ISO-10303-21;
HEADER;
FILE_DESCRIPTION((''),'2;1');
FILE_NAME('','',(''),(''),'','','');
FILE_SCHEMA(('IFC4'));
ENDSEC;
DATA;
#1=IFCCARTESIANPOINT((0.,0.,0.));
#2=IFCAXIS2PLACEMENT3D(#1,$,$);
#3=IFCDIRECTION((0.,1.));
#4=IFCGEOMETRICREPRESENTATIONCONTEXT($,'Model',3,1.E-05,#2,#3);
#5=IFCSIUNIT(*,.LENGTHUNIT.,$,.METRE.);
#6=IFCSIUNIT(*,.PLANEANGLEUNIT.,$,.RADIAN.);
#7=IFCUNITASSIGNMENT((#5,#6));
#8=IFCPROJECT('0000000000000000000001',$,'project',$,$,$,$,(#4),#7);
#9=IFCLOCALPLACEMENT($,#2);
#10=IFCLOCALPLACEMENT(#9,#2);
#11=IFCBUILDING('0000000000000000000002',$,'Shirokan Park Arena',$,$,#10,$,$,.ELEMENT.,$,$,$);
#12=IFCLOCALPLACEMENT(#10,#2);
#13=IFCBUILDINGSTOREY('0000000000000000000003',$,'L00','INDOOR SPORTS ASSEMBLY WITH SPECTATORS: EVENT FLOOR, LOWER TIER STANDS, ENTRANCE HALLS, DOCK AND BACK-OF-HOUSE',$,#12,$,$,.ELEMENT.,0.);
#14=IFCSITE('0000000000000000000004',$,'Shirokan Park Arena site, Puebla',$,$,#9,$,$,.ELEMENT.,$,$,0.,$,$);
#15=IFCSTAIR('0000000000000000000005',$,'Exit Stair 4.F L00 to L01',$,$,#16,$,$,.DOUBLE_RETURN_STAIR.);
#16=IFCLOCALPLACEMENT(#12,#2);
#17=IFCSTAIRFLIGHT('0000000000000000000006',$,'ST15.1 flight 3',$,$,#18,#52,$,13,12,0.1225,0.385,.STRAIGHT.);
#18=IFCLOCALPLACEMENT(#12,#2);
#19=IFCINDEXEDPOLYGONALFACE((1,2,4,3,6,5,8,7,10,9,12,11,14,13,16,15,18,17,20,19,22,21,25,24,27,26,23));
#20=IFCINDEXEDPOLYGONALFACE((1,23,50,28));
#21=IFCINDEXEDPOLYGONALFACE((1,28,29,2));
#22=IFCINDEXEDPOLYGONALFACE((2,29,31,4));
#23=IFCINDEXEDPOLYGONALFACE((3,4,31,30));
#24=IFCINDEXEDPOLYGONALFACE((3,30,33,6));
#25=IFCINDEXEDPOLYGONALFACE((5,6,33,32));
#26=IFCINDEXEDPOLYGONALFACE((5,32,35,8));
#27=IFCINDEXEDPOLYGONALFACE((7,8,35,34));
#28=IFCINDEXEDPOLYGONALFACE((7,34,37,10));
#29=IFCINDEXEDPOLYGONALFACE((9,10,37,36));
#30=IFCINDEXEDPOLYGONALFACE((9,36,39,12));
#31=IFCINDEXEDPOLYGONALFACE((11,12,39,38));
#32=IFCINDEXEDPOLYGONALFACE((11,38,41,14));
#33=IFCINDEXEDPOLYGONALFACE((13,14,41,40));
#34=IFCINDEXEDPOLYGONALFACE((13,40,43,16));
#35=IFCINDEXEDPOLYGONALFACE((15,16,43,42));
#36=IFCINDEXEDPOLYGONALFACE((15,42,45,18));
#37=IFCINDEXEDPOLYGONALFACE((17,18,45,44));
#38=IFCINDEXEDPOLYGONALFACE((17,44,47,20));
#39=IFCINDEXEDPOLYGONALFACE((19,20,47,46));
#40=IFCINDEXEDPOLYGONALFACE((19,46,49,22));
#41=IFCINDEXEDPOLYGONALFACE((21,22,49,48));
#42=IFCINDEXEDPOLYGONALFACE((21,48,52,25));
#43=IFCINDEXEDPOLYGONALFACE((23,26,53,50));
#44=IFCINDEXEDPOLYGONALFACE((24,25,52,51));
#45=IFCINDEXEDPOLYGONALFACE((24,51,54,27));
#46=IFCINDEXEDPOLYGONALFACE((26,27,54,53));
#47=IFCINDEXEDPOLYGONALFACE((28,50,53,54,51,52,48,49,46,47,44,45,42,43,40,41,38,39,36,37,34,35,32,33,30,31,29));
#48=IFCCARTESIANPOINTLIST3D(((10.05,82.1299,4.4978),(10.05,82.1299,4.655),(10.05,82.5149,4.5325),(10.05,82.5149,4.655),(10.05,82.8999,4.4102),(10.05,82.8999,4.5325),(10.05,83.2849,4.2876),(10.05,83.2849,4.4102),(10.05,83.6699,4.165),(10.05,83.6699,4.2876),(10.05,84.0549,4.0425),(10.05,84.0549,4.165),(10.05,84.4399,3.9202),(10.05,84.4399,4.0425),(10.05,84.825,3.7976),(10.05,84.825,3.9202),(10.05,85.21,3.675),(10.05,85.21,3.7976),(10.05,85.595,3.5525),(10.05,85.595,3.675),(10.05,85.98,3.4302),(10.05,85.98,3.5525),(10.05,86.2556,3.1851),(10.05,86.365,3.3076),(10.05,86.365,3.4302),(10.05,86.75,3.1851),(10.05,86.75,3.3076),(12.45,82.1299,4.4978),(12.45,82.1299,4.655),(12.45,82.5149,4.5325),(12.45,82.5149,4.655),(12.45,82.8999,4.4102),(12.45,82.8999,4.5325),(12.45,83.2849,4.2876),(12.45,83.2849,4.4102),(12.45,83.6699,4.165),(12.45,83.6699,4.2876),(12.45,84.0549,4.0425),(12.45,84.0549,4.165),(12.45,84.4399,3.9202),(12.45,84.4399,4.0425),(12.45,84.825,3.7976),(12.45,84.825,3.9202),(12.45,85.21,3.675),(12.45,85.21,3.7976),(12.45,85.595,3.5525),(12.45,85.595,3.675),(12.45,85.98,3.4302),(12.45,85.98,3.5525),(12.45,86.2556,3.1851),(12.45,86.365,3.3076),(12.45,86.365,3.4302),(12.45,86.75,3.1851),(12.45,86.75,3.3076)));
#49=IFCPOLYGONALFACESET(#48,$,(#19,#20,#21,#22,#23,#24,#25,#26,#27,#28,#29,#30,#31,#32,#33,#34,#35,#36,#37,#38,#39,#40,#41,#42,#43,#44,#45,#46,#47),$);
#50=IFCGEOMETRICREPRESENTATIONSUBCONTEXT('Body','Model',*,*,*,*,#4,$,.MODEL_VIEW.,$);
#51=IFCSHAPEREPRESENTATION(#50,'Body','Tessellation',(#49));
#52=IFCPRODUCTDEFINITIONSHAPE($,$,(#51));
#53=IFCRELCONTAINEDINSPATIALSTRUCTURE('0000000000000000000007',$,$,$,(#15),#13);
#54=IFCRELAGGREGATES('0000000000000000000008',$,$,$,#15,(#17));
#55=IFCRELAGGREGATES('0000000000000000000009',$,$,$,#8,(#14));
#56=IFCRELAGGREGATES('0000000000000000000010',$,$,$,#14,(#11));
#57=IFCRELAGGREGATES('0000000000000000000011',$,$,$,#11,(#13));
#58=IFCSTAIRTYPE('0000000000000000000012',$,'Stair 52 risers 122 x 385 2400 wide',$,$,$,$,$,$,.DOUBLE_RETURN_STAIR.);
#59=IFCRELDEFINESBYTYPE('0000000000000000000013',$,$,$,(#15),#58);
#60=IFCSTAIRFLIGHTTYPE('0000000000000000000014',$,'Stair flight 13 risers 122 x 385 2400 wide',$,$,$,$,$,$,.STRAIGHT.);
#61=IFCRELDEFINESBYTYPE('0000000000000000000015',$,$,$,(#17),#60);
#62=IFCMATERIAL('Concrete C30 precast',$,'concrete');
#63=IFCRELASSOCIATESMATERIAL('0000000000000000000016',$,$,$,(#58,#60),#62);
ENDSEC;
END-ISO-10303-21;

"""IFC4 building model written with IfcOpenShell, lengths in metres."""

from ifc_helpers import new_model, si_unit, direction, frame, origin, place, context, subcontext, project, spatial, polyline, outline, extrude, material, type_object, element, aggregate, save


model = new_model("IFC4")

# Units and contexts
model_context = context("Model", 3, precision=1e-05, world=origin(), true_north=direction((0.0, 1.0)))
body_context = subcontext(model_context, "Body", "Model", "MODEL_VIEW")
ifc_project = project(units=[si_unit("LENGTHUNIT", "METRE"), si_unit("PLANEANGLEUNIT", "RADIAN")], contexts=[model_context])

# Site, building, storey
site_placement = place(None, origin())
site = spatial("IfcSite", under=ifc_project, at=site_placement, Name="Shirokan Park Arena site, Puebla", CompositionType="ELEMENT", RefElevation=0.0)
building_placement = place(site_placement, origin())
building = spatial("IfcBuilding", under=site, at=building_placement, Name="Shirokan Park Arena", CompositionType="ELEMENT")
storey_placement = place(building_placement, origin())
storey = spatial("IfcBuildingStorey", under=building, at=storey_placement, Name="L00", Description="INDOOR SPORTS ASSEMBLY WITH SPECTATORS: EVENT FLOOR, LOWER TIER STANDS, ENTRANCE HALLS, DOCK AND BACK-OF-HOUSE", CompositionType="ELEMENT", Elevation=0.0)

# Stair, stair flight
ifc_material_1 = material(Name="Concrete C30 precast", Category="concrete")
stair_type = type_object("IfcStairType", Name="Stair 52 risers 122 x 385 2400 wide", PredefinedType="DOUBLE_RETURN_STAIR", material=ifc_material_1)
stair_placement = place(storey_placement, origin())
stair = element("IfcStair", 1, at=stair_placement, inside=storey, type_object=stair_type, Name="Exit Stair 4.F L00 to L01", PredefinedType="DOUBLE_RETURN_STAIR")
stair_flight_type = type_object("IfcStairFlightType", Name="Stair flight 13 risers 122 x 385 2400 wide", PredefinedType="STRAIGHT", material=ifc_material_1)
stair_flight_1_placement = place(storey_placement, frame((11.25, 86.75, 3.1851), z_axis=(0.0, 0.0, 1.0), x_axis=(0.0, -1.0, 0.0)))
stair_flight_1 = element("IfcStairFlight", 2, at=stair_flight_1_placement, type_object=stair_flight_type, Name="ST15.1 flight 3", NumberOfRisers=13, NumberOfTreads=12, PredefinedType="STRAIGHT", RiserHeight=0.1225, TreadLength=0.385, context=body_context, shape_type="SweptSolid", body=[
    extrude(outline(polyline([(0.0, 0.0), (0.0, 0.1226), (0.385, 0.1226), (0.385, 0.2451), (0.77, 0.2451), (0.77, 0.3674), (1.155, 0.3674), (1.155, 0.49), (1.54, 0.49), (1.54, 0.6125), (1.925, 0.6125), (1.925, 0.7351), (2.3101, 0.7351), (2.3101, 0.8574), (2.6951, 0.8574), (2.6951, 0.98), (3.0801, 0.98), (3.0801, 1.1025), (3.4651, 1.1025), (3.4651, 1.2251), (3.8501, 1.2251), (3.8501, 1.3474), (4.2351, 1.3474), (4.2351, 1.47), (4.6201, 1.47), (4.6201, 1.5925), (4.6201, 1.3127), (0.4944, 0.0), (0.0, 0.0)])), frame((0.0, 1.2, 0.0), z_axis=(0.0, -1.0, 0.0), x_axis=(1.0, 0.0, 0.0)), (0.0, 0.0, 1.0), 2.3999),
])
aggregate(stair, [stair_flight_1])

save(model, "model.ifc")
